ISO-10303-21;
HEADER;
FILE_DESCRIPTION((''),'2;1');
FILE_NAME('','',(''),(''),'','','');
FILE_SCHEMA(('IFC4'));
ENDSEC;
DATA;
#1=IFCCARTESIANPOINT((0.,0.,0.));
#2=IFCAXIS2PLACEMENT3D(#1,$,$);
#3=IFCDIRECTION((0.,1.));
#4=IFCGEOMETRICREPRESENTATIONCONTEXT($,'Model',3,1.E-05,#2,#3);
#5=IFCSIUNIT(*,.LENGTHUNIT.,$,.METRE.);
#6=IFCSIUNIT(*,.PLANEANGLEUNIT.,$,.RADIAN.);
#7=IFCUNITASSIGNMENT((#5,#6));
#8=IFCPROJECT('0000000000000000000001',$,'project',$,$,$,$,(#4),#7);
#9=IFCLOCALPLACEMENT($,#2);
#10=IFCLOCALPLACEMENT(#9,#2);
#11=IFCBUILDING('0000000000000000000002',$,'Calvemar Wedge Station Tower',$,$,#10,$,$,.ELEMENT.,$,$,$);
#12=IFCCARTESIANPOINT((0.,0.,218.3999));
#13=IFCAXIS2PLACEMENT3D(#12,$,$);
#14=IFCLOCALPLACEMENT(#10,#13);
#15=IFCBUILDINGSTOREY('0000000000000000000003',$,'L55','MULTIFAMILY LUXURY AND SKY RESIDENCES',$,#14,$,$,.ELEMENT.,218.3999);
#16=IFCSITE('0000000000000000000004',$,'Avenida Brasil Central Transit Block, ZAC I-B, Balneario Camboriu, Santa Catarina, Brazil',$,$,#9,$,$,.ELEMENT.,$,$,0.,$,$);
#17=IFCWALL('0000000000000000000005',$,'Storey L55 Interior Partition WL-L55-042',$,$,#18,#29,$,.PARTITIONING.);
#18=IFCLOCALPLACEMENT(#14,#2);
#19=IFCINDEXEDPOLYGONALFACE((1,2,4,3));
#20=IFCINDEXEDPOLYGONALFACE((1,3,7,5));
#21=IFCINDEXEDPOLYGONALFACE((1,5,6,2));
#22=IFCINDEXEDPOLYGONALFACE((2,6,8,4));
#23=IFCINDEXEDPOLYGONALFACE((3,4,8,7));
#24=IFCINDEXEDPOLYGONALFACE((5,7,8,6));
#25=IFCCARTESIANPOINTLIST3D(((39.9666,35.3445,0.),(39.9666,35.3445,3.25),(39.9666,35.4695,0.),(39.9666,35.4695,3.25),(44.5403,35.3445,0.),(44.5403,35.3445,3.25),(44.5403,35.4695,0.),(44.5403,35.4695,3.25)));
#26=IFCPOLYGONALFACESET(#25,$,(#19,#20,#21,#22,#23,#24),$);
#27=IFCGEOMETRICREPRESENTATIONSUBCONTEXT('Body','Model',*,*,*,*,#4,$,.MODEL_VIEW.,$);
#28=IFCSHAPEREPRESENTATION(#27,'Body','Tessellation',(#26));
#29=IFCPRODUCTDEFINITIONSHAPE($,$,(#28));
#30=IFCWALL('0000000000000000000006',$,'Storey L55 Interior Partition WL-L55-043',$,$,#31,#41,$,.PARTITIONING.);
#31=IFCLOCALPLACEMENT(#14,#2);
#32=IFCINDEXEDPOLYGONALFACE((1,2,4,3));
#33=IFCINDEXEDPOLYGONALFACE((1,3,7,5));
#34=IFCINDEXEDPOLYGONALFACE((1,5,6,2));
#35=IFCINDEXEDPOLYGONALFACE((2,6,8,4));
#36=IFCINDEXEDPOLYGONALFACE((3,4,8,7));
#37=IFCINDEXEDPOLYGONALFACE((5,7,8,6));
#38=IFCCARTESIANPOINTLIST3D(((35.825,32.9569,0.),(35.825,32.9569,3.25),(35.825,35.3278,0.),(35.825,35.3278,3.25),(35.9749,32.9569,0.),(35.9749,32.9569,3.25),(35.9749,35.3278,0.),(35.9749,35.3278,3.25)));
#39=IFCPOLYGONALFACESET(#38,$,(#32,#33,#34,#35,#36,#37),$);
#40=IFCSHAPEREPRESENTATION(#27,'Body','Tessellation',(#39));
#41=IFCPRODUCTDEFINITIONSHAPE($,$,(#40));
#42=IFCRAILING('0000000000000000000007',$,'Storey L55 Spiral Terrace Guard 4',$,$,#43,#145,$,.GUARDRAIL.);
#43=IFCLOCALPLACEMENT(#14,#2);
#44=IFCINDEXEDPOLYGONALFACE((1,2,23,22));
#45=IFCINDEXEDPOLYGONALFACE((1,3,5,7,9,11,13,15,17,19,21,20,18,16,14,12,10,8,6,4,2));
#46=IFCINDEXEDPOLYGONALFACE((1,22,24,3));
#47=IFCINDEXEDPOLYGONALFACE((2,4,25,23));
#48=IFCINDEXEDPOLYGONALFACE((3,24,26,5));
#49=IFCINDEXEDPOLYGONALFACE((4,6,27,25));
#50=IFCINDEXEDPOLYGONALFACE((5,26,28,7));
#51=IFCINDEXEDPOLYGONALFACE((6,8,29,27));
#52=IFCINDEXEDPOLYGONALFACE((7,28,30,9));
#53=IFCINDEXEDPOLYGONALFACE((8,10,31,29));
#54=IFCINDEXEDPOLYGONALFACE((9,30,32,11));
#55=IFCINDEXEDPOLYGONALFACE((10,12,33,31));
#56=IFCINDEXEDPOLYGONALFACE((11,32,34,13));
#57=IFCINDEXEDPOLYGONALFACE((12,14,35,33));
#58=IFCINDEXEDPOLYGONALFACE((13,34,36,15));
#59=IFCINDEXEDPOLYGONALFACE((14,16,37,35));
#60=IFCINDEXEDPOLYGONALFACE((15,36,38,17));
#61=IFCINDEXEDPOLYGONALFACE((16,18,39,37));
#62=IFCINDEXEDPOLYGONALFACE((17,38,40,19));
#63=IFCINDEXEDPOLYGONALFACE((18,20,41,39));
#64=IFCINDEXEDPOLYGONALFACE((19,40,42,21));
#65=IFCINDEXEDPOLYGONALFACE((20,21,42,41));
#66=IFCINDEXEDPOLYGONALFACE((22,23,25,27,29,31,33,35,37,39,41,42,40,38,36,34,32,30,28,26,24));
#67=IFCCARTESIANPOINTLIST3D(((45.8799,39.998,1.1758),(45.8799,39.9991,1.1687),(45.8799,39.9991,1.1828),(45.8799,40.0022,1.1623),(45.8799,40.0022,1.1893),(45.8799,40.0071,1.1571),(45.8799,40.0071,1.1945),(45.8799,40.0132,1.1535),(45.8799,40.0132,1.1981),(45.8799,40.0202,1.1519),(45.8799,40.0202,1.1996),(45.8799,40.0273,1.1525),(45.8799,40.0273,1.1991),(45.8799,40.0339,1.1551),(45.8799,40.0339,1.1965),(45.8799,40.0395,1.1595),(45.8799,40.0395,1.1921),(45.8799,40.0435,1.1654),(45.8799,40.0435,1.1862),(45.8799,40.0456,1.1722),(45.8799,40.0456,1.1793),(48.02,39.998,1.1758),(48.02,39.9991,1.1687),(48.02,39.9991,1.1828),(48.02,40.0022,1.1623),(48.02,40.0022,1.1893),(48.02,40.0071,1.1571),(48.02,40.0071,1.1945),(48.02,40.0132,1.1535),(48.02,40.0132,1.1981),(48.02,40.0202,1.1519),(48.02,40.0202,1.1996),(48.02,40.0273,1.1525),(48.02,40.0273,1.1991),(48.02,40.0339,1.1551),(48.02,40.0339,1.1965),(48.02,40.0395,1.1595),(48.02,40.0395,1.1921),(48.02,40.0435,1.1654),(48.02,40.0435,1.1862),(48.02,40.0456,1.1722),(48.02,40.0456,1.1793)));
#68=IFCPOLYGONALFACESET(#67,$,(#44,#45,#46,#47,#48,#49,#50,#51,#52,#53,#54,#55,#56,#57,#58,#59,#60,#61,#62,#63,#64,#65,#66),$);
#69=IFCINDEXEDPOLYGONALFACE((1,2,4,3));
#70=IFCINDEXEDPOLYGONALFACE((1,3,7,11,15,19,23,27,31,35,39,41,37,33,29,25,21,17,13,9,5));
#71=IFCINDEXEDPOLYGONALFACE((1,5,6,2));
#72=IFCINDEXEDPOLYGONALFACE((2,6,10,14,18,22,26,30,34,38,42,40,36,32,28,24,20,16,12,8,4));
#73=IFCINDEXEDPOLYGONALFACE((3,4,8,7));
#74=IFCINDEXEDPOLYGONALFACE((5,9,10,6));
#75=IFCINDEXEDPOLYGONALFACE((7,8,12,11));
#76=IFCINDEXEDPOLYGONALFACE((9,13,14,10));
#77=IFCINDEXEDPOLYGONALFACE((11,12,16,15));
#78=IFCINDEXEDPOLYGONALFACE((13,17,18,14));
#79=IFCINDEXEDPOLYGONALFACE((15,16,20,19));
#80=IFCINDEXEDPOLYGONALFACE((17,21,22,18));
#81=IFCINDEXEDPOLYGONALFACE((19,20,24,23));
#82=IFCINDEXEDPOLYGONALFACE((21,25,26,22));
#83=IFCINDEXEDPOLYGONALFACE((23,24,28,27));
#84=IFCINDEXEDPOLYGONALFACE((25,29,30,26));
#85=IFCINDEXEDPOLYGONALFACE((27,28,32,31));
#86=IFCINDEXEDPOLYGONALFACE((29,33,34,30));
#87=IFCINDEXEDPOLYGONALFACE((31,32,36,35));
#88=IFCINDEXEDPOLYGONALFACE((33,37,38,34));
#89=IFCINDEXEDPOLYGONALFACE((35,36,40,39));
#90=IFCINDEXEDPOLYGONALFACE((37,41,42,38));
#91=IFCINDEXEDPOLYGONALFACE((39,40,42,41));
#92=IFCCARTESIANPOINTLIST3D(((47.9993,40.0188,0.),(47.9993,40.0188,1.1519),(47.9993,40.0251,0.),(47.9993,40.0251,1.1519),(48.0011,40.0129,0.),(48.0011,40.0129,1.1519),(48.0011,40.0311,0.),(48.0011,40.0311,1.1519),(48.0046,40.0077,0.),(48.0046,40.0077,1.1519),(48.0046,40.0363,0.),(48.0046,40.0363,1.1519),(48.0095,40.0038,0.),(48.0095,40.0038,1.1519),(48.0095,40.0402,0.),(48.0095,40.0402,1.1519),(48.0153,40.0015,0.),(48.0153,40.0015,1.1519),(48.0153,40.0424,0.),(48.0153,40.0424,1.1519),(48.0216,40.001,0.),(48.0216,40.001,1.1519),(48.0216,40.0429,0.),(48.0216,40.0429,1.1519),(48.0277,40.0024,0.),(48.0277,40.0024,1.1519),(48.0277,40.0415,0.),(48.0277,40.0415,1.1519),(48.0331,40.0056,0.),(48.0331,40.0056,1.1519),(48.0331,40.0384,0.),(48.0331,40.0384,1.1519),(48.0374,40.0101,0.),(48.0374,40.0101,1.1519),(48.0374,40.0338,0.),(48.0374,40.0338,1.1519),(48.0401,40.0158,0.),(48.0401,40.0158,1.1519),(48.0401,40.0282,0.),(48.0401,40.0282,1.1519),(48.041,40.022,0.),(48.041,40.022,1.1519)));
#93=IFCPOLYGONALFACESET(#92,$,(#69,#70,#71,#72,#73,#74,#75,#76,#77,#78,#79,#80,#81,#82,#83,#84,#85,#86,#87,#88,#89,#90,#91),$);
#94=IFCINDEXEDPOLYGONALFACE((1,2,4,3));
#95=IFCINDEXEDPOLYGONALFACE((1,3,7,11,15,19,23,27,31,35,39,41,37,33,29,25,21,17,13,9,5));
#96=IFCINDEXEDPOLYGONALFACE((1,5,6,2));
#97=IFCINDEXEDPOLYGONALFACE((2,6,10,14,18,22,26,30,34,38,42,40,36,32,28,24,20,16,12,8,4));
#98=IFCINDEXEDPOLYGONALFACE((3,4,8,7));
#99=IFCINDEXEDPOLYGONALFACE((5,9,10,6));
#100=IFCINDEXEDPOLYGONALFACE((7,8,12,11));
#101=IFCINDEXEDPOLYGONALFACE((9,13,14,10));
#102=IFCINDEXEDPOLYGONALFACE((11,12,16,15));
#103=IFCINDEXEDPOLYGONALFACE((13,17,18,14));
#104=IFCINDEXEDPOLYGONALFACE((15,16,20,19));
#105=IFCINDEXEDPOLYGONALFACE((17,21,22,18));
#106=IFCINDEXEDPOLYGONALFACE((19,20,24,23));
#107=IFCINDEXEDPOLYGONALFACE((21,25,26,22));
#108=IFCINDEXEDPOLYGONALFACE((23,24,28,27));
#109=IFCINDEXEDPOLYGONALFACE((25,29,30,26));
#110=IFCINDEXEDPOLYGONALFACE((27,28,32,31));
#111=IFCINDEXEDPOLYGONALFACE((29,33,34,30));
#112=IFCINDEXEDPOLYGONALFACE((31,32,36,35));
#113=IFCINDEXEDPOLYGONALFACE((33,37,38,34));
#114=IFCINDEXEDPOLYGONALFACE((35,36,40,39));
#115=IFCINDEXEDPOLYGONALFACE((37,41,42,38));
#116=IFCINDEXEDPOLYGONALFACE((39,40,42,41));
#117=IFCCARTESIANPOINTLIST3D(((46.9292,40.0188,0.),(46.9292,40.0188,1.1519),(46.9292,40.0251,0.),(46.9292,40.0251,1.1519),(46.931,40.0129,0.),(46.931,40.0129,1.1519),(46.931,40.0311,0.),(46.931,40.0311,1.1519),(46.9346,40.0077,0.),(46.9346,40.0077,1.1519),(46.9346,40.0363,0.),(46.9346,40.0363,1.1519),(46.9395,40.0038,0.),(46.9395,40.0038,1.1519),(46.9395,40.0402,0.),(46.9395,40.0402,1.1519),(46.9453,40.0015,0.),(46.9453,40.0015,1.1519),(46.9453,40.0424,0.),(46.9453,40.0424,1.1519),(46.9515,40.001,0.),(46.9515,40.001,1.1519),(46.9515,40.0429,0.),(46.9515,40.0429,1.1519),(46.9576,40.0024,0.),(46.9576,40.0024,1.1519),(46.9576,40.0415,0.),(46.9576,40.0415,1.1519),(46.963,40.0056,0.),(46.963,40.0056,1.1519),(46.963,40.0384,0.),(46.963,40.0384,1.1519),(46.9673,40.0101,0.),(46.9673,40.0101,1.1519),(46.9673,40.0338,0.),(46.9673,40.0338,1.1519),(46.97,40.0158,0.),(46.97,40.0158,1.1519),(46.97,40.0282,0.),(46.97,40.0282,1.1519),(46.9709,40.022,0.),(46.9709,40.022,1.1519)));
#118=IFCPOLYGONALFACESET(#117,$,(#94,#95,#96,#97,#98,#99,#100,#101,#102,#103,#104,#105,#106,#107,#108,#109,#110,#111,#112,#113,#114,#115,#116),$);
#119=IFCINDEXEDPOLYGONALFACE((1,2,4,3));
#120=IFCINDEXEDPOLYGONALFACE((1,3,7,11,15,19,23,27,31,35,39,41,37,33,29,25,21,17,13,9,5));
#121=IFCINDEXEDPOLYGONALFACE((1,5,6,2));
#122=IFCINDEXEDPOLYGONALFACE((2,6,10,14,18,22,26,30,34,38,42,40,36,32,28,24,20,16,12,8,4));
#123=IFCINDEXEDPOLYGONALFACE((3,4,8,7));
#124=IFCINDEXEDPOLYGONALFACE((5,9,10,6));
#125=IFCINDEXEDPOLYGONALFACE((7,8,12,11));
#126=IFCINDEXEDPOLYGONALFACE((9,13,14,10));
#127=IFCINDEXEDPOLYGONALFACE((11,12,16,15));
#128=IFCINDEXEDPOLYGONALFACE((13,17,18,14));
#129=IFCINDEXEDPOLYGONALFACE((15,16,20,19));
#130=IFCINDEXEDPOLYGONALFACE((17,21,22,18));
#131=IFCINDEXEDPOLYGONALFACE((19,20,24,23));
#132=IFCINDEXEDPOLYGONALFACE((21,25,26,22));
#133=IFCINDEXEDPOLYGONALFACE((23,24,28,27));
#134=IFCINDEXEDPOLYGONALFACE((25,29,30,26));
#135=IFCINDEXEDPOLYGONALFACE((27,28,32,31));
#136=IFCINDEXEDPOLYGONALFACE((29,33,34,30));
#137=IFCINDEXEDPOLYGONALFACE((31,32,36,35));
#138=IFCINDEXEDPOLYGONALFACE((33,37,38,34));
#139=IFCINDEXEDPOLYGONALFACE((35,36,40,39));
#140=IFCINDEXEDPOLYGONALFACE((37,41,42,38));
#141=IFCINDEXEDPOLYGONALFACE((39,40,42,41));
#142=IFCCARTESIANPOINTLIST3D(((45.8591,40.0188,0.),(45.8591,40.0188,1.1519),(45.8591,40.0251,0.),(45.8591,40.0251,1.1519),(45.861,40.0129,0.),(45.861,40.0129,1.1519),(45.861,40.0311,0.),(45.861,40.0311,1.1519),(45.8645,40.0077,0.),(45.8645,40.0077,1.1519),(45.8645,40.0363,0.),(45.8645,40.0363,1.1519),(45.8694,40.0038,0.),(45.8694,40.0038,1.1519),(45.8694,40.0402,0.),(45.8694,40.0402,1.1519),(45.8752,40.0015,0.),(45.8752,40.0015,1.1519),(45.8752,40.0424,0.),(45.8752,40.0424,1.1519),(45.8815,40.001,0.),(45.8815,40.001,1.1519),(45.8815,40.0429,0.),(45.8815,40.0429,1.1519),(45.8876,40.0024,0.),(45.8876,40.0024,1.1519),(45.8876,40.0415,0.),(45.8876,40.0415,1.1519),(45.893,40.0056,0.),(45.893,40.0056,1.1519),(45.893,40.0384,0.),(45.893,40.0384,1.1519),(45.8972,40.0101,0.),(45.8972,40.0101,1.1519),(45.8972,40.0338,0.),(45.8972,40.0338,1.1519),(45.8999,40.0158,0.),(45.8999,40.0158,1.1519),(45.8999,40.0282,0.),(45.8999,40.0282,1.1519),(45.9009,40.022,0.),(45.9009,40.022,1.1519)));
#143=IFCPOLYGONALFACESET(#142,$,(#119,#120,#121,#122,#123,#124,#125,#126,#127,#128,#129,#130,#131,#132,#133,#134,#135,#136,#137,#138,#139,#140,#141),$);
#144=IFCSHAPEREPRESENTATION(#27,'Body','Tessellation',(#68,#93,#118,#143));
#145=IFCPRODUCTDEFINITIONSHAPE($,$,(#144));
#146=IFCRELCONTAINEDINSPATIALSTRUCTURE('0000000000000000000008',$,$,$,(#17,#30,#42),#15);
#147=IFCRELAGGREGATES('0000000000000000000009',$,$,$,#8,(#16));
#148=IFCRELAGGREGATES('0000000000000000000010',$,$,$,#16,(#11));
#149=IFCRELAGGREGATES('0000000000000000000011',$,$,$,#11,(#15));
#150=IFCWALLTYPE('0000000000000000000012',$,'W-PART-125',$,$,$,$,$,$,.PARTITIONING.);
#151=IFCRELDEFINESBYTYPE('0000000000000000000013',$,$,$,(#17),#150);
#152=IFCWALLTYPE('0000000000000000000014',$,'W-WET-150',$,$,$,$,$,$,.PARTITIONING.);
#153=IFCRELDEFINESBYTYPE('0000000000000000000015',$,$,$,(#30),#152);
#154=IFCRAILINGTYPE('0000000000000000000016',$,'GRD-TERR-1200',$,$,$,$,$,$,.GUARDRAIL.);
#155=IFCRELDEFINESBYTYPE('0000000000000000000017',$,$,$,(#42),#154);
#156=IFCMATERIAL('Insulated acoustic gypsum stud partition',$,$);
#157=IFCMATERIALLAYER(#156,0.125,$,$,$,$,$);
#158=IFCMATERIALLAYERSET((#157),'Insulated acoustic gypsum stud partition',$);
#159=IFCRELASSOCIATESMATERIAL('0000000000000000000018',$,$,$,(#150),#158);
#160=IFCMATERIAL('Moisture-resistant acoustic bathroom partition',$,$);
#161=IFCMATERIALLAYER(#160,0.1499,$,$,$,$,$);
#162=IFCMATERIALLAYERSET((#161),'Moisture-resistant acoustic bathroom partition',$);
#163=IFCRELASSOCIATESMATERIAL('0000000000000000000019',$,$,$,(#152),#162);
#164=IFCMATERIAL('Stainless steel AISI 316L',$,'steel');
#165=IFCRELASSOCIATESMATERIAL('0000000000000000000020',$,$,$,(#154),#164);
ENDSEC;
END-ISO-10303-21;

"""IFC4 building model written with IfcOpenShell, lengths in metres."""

from ifc_helpers import new_model, si_unit, direction, frame, frame_2d, origin, origin_2d, place, context, subcontext, project, spatial, rectangle, circle, extrude, material, layer, layer_set, type_object, element, save


model = new_model("IFC4")

# Units and contexts
model_context = context("Model", 3, precision=1e-05, world=origin(), true_north=direction((0.0, 1.0)))
body_context = subcontext(model_context, "Body", "Model", "MODEL_VIEW")
ifc_project = project(units=[si_unit("LENGTHUNIT", "METRE"), si_unit("PLANEANGLEUNIT", "RADIAN")], contexts=[model_context])

# Site, building, storey
site_placement = place(None, origin())
site = spatial("IfcSite", under=ifc_project, at=site_placement, Name="Avenida Brasil Central Transit Block, ZAC I-B, Balneario Camboriu, Santa Catarina, Brazil", CompositionType="ELEMENT", RefElevation=0.0)
building_placement = place(site_placement, origin())
building = spatial("IfcBuilding", under=site, at=building_placement, Name="Calvemar Wedge Station Tower", CompositionType="ELEMENT")
storey_placement = place(building_placement, frame((0.0, 0.0, 218.3999)))
storey = spatial("IfcBuildingStorey", under=building, at=storey_placement, Name="L55", Description="MULTIFAMILY LUXURY AND SKY RESIDENCES", CompositionType="ELEMENT", Elevation=218.3999)

# Shared definitions
ifc_material_1 = material(Name="Insulated acoustic gypsum stud partition")
ifc_layer_1 = layer(ifc_material_1, 0.125)
ifc_layer_set_1 = layer_set([ifc_layer_1], Name="Insulated acoustic gypsum stud partition")
wall_type_1 = type_object("IfcWallType", Name="W-PART-125", PredefinedType="PARTITIONING", material=ifc_layer_set_1)

# Wall
wall_1_placement = place(storey_placement, frame((44.5403, 35.407, 0.0), z_axis=(0.0, 0.0, 1.0), x_axis=(-1.0, 0.0, 0.0)))
element("IfcWall", 1, at=wall_1_placement, inside=storey, type_object=wall_type_1, Name="Storey L55 Interior Partition WL-L55-042", PredefinedType="PARTITIONING", context=body_context, shape_type="SweptSolid", body=[
    extrude(rectangle(XDim=4.5737, YDim=0.125, at=frame_2d((2.2869, 0.0))), origin(), (0.0, 0.0, 1.0), 3.25),
])

# Shared definitions
ifc_material_2 = material(Name="Moisture-resistant acoustic bathroom partition")
ifc_layer_2 = layer(ifc_material_2, 0.1499)
ifc_layer_set_2 = layer_set([ifc_layer_2], Name="Moisture-resistant acoustic bathroom partition")
wall_type_2 = type_object("IfcWallType", Name="W-WET-150", PredefinedType="PARTITIONING", material=ifc_layer_set_2)

# Wall
wall_2_placement = place(storey_placement, frame((35.8999, 35.3279, 0.0), z_axis=(0.0, 0.0, 1.0), x_axis=(0.0, -1.0, 0.0)))
element("IfcWall", 2, at=wall_2_placement, inside=storey, type_object=wall_type_2, Name="Storey L55 Interior Partition WL-L55-043", PredefinedType="PARTITIONING", context=body_context, shape_type="SweptSolid", body=[
    extrude(rectangle(XDim=2.3708, YDim=0.1499, at=frame_2d((1.1855, 0.0))), origin(), (0.0, 0.0, 1.0), 3.25),
])

# Railing
ifc_material_3 = material(Name="Stainless steel AISI 316L", Category="steel")
railing_type = type_object("IfcRailingType", Name="GRD-TERR-1200", PredefinedType="GUARDRAIL", material=ifc_material_3)
railing_placement = place(storey_placement, frame((48.02, 40.022, 0.0)))
element("IfcRailing", 3, at=railing_placement, inside=storey, type_object=railing_type, Name="Storey L55 Spiral Terrace Guard 4", PredefinedType="GUARDRAIL", context=body_context, shape_type="SweptSolid", body=[
    extrude(circle(Radius=0.0239, at=origin_2d()), frame((0.0, 0.0, 1.1758), z_axis=(-1.0, 0.0, 0.0), x_axis=(0.0, -1.0, 0.0)), (0.0, 0.0, 1.0), 2.1401),
    extrude(circle(Radius=0.021, at=origin_2d()), origin(), (0.0, 0.0, 1.0), 1.1519),
    extrude(circle(Radius=0.021, at=origin_2d()), frame((-1.0701, 0.0, 0.0)), (0.0, 0.0, 1.0), 1.1519),
    extrude(circle(Radius=0.021, at=origin_2d()), frame((-2.1401, 0.0, 0.0)), (0.0, 0.0, 1.0), 1.1519),
])

save(model, "model.ifc")
